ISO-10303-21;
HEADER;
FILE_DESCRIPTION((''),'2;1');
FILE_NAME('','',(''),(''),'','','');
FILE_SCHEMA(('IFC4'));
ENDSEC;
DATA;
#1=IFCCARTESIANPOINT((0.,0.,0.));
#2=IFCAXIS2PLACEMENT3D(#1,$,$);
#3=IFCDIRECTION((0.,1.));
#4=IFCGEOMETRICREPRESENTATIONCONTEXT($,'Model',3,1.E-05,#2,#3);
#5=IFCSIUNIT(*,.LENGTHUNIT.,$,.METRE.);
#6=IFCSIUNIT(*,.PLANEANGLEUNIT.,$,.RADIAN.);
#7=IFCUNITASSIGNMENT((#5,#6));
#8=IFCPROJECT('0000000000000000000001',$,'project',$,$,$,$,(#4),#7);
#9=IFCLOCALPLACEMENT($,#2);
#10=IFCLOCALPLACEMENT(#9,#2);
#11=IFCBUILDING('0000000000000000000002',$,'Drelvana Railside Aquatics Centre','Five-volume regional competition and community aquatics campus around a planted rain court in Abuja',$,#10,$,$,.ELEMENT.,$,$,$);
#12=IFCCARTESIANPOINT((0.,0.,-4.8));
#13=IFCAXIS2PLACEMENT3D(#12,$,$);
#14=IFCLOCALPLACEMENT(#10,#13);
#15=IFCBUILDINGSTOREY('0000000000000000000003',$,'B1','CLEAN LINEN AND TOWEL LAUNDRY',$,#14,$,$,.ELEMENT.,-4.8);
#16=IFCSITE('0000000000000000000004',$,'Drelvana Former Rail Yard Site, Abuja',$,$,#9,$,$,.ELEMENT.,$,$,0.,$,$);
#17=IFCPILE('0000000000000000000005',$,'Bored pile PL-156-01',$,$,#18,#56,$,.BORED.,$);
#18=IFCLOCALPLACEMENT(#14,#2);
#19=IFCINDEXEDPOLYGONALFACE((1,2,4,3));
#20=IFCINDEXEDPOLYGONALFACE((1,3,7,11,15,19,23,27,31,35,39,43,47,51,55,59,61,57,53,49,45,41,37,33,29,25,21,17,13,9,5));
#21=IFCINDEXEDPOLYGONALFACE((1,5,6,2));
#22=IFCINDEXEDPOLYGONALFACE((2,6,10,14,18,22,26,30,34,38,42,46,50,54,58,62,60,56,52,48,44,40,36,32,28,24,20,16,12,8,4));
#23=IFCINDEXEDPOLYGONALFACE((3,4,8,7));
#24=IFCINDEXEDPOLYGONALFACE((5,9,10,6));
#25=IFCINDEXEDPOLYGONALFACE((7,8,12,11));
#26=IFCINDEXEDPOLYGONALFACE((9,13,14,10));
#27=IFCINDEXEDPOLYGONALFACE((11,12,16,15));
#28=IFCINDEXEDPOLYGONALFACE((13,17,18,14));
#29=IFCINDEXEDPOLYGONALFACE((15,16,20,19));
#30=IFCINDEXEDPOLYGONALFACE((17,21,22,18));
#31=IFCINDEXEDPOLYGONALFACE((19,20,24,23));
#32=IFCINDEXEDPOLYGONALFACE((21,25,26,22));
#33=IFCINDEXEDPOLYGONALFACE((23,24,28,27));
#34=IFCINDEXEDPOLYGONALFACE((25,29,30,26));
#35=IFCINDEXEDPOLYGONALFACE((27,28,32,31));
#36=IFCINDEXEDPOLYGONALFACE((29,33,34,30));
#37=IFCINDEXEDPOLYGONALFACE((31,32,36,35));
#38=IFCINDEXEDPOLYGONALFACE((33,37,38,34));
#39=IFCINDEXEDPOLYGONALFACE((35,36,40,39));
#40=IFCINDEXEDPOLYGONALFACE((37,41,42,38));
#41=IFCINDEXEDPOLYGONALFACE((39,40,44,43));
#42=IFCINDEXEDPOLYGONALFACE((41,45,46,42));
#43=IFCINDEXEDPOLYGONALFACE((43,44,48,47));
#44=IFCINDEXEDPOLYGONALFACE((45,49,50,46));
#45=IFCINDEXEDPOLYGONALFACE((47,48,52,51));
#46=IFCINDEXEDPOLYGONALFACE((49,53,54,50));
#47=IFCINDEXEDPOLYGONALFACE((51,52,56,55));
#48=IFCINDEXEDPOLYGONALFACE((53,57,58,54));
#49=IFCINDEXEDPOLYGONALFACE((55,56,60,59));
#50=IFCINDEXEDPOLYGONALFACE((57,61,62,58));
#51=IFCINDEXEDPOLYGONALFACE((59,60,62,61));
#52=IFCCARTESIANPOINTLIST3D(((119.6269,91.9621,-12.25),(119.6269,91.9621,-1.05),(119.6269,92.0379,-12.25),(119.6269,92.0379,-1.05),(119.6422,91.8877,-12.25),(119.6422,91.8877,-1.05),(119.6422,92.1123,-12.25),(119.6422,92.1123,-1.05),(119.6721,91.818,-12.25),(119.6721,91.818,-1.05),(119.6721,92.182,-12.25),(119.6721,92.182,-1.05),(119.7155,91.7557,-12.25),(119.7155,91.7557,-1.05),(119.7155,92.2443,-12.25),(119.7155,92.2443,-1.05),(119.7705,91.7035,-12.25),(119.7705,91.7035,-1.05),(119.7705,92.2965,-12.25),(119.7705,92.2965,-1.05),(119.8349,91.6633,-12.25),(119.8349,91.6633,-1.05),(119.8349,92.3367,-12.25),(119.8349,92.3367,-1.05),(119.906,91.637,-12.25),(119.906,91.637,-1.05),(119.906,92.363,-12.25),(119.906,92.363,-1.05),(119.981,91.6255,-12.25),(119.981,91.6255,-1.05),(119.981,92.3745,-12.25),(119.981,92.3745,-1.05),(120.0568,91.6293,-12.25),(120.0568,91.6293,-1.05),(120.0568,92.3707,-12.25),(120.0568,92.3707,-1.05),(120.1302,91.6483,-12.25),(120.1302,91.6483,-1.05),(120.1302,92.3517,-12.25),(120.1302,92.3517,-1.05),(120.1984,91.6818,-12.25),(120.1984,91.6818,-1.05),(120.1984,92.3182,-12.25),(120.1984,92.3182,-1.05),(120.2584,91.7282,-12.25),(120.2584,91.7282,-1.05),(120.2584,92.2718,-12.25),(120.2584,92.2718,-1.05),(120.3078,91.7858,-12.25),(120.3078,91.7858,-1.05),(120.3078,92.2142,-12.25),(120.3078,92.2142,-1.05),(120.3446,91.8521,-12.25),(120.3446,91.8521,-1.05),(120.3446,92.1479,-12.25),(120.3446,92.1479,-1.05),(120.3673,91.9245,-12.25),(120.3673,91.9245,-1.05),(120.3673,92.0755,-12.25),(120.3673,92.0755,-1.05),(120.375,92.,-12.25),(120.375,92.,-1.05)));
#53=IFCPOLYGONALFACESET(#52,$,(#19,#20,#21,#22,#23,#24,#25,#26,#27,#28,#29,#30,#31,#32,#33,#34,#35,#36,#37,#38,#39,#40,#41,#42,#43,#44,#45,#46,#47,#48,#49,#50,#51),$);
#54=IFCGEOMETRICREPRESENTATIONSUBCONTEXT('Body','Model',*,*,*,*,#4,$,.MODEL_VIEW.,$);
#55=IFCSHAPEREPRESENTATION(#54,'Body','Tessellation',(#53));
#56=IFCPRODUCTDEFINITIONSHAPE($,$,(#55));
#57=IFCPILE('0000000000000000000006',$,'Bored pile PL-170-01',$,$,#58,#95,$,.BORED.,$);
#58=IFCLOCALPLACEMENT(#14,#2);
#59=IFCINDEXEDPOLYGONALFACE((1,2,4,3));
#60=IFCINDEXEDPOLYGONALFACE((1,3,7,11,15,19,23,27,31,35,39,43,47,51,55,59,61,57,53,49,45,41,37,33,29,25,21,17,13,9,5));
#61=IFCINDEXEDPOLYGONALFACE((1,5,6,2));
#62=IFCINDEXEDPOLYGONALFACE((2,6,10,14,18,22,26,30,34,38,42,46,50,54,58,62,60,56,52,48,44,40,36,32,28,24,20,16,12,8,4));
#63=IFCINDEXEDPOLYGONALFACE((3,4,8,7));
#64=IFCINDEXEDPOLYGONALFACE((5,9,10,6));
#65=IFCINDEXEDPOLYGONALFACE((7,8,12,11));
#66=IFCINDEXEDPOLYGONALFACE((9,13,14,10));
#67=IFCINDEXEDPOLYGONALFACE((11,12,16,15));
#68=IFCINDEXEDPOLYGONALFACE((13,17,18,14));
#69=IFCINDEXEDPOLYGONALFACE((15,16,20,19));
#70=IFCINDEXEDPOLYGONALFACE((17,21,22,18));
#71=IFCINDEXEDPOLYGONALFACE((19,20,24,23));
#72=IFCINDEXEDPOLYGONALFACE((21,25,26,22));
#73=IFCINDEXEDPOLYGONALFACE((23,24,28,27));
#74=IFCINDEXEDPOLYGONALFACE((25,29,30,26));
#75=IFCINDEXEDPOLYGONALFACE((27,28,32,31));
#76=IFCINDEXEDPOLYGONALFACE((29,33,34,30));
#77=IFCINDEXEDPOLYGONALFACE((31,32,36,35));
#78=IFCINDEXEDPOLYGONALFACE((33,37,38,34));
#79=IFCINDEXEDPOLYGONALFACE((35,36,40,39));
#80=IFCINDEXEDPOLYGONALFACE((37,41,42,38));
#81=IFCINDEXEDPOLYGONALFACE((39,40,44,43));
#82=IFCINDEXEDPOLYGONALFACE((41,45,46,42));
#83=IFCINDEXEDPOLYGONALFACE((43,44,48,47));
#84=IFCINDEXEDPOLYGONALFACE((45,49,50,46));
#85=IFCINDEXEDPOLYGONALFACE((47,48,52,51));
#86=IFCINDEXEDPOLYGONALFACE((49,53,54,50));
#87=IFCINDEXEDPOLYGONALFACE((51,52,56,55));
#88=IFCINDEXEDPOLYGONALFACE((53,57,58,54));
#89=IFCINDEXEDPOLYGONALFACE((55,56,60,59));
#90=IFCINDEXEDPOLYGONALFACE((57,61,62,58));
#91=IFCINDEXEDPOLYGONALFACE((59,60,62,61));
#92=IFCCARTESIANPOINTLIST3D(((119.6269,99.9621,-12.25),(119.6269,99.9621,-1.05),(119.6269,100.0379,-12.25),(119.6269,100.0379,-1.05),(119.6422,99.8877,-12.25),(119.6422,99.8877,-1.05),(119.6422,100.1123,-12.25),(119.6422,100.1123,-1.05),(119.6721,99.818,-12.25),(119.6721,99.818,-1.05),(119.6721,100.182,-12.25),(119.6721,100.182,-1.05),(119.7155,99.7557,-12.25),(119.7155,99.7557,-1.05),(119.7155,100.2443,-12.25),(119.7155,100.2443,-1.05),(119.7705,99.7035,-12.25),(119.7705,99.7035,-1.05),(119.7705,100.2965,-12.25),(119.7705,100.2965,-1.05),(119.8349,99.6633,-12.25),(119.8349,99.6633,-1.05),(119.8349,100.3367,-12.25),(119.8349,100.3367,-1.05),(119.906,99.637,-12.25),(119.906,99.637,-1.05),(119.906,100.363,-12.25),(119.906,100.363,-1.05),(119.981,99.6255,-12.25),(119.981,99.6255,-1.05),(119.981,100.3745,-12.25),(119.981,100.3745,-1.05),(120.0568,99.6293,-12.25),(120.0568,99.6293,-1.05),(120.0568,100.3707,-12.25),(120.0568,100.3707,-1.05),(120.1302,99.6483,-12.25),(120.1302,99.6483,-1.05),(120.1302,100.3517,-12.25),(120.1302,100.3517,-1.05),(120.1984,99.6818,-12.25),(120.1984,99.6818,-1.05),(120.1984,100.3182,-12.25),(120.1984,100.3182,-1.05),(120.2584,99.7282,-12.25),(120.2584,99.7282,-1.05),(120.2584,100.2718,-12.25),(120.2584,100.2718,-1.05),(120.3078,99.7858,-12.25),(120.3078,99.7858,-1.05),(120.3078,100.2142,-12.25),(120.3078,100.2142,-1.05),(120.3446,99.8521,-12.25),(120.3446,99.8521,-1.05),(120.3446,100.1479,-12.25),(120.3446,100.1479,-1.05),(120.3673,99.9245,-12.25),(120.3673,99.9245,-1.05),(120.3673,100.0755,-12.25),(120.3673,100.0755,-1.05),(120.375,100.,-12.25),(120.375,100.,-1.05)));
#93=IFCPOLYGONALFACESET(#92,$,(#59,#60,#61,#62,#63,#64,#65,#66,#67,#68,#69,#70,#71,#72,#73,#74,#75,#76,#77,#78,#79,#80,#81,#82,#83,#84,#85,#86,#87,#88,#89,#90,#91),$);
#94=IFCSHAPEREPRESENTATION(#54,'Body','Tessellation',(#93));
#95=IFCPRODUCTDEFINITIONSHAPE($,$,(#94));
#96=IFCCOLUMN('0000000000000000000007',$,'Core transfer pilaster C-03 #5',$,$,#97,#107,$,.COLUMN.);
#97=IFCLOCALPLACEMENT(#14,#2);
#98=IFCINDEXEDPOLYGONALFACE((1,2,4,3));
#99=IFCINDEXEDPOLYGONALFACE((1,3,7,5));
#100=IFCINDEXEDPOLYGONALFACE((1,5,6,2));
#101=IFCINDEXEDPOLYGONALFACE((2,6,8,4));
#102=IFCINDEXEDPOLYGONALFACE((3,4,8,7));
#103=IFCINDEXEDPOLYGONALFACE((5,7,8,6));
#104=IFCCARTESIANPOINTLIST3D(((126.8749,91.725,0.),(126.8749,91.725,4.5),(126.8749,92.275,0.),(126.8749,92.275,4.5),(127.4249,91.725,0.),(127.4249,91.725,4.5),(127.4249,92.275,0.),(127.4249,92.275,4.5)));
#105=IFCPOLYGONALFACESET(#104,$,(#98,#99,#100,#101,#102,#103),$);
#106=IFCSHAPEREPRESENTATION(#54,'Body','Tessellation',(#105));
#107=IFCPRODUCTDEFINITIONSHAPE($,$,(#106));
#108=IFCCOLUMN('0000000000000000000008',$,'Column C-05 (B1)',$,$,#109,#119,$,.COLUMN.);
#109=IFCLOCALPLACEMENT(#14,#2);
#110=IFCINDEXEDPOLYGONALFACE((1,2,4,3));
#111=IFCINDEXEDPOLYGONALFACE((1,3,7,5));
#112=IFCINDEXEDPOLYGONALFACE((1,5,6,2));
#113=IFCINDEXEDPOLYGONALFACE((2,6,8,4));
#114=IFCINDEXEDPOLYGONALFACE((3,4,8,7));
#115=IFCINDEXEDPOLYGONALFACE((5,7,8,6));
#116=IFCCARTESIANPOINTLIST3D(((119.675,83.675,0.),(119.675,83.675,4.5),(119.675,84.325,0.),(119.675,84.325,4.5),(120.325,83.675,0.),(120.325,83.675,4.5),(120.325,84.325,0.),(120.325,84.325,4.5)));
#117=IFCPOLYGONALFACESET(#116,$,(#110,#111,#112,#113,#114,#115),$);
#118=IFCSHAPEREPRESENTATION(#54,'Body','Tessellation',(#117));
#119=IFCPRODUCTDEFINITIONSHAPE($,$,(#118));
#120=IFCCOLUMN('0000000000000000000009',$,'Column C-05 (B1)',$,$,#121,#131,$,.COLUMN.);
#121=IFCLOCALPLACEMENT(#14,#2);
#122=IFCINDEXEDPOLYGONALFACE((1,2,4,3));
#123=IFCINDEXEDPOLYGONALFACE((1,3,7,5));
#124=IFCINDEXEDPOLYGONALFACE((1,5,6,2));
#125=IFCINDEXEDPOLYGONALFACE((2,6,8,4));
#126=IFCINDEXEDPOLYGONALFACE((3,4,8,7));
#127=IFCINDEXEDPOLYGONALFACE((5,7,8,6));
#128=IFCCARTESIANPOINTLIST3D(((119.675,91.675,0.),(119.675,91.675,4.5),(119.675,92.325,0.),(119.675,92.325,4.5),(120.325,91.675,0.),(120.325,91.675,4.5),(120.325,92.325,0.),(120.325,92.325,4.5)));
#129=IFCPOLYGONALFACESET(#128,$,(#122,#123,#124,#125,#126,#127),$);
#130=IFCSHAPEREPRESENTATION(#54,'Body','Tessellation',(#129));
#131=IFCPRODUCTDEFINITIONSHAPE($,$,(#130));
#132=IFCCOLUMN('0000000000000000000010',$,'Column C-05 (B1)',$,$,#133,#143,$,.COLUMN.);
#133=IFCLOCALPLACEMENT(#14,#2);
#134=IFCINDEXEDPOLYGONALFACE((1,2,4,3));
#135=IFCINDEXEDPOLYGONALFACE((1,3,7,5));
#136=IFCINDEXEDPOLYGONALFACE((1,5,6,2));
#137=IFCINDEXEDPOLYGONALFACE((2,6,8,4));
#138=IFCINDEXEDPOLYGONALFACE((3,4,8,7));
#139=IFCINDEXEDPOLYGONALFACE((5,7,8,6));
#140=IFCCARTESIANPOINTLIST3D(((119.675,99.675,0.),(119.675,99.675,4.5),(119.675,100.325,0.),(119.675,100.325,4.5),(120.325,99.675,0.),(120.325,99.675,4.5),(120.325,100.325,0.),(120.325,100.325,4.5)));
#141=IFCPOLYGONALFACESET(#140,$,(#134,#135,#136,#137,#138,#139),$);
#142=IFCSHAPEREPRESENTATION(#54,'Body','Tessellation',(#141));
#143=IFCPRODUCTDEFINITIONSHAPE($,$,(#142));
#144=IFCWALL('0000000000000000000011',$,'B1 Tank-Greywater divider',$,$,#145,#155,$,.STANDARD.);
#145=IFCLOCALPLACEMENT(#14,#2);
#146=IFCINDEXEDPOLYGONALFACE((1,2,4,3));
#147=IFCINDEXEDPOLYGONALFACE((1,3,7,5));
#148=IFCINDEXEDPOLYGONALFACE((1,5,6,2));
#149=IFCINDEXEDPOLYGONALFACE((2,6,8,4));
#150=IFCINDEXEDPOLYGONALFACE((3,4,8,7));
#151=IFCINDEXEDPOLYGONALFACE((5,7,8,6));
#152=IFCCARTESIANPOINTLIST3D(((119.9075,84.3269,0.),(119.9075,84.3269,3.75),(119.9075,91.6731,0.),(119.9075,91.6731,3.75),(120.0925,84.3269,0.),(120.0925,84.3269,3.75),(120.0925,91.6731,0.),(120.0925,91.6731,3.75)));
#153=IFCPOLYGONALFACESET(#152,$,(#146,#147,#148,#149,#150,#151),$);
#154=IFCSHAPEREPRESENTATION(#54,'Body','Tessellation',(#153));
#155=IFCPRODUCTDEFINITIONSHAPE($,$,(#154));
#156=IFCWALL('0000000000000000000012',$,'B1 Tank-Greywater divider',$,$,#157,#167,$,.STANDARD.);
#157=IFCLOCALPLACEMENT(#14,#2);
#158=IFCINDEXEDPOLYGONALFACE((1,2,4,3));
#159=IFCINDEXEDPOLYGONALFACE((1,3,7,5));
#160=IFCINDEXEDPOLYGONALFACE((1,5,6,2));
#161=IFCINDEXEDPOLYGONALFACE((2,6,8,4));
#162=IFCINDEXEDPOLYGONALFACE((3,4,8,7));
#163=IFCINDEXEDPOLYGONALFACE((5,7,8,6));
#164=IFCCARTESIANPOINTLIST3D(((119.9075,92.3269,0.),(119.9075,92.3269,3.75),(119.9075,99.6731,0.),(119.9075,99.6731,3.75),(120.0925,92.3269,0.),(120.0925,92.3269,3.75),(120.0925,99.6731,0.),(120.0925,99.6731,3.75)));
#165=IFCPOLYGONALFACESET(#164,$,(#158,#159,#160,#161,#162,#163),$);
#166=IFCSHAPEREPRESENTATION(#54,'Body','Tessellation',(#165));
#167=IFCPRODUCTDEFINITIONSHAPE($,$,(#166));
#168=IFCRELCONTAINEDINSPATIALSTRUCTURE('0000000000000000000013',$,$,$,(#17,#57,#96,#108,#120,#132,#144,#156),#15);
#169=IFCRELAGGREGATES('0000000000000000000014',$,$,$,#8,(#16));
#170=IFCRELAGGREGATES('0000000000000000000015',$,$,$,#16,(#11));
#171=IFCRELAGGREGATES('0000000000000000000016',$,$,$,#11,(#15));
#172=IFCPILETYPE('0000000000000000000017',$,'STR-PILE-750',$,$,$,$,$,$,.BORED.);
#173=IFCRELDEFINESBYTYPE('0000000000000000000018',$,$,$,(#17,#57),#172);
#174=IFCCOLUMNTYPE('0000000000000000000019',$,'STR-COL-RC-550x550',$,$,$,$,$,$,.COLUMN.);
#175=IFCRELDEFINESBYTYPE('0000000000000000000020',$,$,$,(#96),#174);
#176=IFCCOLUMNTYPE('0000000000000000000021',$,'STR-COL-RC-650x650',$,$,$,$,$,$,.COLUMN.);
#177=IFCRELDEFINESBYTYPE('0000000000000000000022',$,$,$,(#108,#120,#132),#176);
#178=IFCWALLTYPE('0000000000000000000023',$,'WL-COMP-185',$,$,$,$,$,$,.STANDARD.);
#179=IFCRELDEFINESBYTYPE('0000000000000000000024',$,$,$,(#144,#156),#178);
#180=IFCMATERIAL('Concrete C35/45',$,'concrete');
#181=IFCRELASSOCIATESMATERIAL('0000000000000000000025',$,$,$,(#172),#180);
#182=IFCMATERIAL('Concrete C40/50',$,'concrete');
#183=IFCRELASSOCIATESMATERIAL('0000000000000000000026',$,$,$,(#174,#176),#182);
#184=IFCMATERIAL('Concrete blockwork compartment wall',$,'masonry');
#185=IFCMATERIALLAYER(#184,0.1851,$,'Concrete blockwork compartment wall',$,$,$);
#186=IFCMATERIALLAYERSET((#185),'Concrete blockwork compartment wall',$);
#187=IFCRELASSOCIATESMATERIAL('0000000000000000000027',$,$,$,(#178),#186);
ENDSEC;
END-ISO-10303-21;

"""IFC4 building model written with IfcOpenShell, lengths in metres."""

from ifc_helpers import new_model, si_unit, direction, frame, frame_2d, origin, origin_2d, place, context, subcontext, project, spatial, rectangle, circle, extrude, material, layer, layer_set, material_profile, profile_set, type_object, element, save


model = new_model("IFC4")

# Units and contexts
model_context = context("Model", 3, precision=1e-05, world=origin(), true_north=direction((0.0, 1.0)))
body_context = subcontext(model_context, "Body", "Model", "MODEL_VIEW")
ifc_project = project(units=[si_unit("LENGTHUNIT", "METRE"), si_unit("PLANEANGLEUNIT", "RADIAN")], contexts=[model_context])

# Site, building, storey
site_placement = place(None, origin())
site = spatial("IfcSite", under=ifc_project, at=site_placement, Name="Drelvana Former Rail Yard Site, Abuja", CompositionType="ELEMENT", RefElevation=0.0)
building_placement = place(site_placement, origin())
building = spatial("IfcBuilding", under=site, at=building_placement, Name="Drelvana Railside Aquatics Centre", Description="Five-volume regional competition and community aquatics campus around a planted rain court in Abuja", CompositionType="ELEMENT")
storey_placement = place(building_placement, frame((0.0, 0.0, -4.8)))
storey = spatial("IfcBuildingStorey", under=building, at=storey_placement, Name="B1", Description="CLEAN LINEN AND TOWEL LAUNDRY", CompositionType="ELEMENT", Elevation=-4.8)

# Shared definitions
ifc_material_1 = material(Name="Concrete C35/45", Category="concrete")

# Piles
ifc_material_profile_1 = material_profile(ifc_material_1, circle(Radius=0.375, at=origin_2d()), Name="PILE D750")
ifc_profile_set_1 = profile_set([ifc_material_profile_1], Name="Concrete C35/45")
pile_type = type_object("IfcPileType", Name="STR-PILE-750", PredefinedType="BORED", material=ifc_profile_set_1)
for number, where, z_axis, x_axis, name in (
    (1, (120.0, 92.0, -1.05), (0.0, 0.0, -1.0), (1.0, 0.0, 0.0), "Bored pile PL-156-01"),
    (2, (120.0, 100.0, -1.05), (0.0, 0.0, -1.0), (1.0, 0.0, 0.0), "Bored pile PL-170-01"),
):
    element("IfcPile", number, at=place(storey_placement, frame(where, z_axis=z_axis, x_axis=x_axis)), inside=storey, type_object=pile_type, Name=name, PredefinedType="BORED", context=body_context, shape_type="SweptSolid", body=[
        extrude(circle(Radius=0.375, at=origin_2d()), origin(), (0.0, 0.0, 1.0), 11.2),
    ])

# Columns
ifc_material_2 = material(Name="Concrete C40/50", Category="concrete")
ifc_material_profile_2 = material_profile(ifc_material_2, rectangle(XDim=0.55, YDim=0.55, at=origin_2d()), Name="RC 550x550")
ifc_profile_set_2 = profile_set([ifc_material_profile_2], Name="Concrete C40/50")
column_type_1 = type_object("IfcColumnType", Name="STR-COL-RC-550x550", PredefinedType="COLUMN", material=ifc_profile_set_2)
column_placement = place(storey_placement, frame((127.1499, 92.0, 0.0), z_axis=(0.0, 0.0, 1.0), x_axis=(1.0, 0.0, 0.0)))
element("IfcColumn", 3, at=column_placement, inside=storey, type_object=column_type_1, Name="Core transfer pilaster C-03 #5", PredefinedType="COLUMN", context=body_context, shape_type="SweptSolid", body=[
    extrude(rectangle(XDim=0.55, YDim=0.55, at=origin_2d()), origin(), (0.0, 0.0, 1.0), 4.5),
])
ifc_material_profile_3 = material_profile(ifc_material_2, rectangle(XDim=0.6499, YDim=0.6499, at=origin_2d()), Name="RC 650x650")
ifc_profile_set_3 = profile_set([ifc_material_profile_3], Name="Concrete C40/50")
column_type_2 = type_object("IfcColumnType", Name="STR-COL-RC-650x650", PredefinedType="COLUMN", material=ifc_profile_set_3)
for number, where, z_axis, x_axis, name in (
    (4, (120.0, 84.0, 0.0), (0.0, 0.0, 1.0), (1.0, 0.0, 0.0), "Column C-05 (B1)"),
    (5, (120.0, 92.0, 0.0), (0.0, 0.0, 1.0), (1.0, 0.0, 0.0), "Column C-05 (B1)"),
    (6, (120.0, 100.0, 0.0), (0.0, 0.0, 1.0), (1.0, 0.0, 0.0), "Column C-05 (B1)"),
):
    element("IfcColumn", number, at=place(storey_placement, frame(where, z_axis=z_axis, x_axis=x_axis)), inside=storey, type_object=column_type_2, Name=name, PredefinedType="COLUMN", context=body_context, shape_type="SweptSolid", body=[
        extrude(rectangle(XDim=0.6499, YDim=0.6499, at=origin_2d()), origin(), (0.0, 0.0, 1.0), 4.5),
    ])

# Walls
ifc_material_3 = material(Name="Concrete blockwork compartment wall", Category="masonry")
ifc_layer = layer(ifc_material_3, 0.1851, Name="Concrete blockwork compartment wall")
ifc_layer_set = layer_set([ifc_layer], Name="Concrete blockwork compartment wall")
wall_type = type_object("IfcWallType", Name="WL-COMP-185", PredefinedType="STANDARD", material=ifc_layer_set)
for number, where, z_axis, x_axis, name in (
    (7, (120.0, 84.3269, 0.0), (0.0, 0.0, 1.0), (0.0, 1.0, 0.0), "B1 Tank-Greywater divider"),
    (8, (120.0, 92.3269, 0.0), (0.0, 0.0, 1.0), (0.0, 1.0, 0.0), "B1 Tank-Greywater divider"),
):
    element("IfcWall", number, at=place(storey_placement, frame(where, z_axis=z_axis, x_axis=x_axis)), inside=storey, type_object=wall_type, Name=name, PredefinedType="STANDARD", context=body_context, shape_type="SweptSolid", body=[
        extrude(rectangle(XDim=7.3462, YDim=0.1851, at=frame_2d((3.6731, 0.0))), origin(), (0.0, 0.0, 1.0), 3.75),
    ])

save(model, "model.ifc")
